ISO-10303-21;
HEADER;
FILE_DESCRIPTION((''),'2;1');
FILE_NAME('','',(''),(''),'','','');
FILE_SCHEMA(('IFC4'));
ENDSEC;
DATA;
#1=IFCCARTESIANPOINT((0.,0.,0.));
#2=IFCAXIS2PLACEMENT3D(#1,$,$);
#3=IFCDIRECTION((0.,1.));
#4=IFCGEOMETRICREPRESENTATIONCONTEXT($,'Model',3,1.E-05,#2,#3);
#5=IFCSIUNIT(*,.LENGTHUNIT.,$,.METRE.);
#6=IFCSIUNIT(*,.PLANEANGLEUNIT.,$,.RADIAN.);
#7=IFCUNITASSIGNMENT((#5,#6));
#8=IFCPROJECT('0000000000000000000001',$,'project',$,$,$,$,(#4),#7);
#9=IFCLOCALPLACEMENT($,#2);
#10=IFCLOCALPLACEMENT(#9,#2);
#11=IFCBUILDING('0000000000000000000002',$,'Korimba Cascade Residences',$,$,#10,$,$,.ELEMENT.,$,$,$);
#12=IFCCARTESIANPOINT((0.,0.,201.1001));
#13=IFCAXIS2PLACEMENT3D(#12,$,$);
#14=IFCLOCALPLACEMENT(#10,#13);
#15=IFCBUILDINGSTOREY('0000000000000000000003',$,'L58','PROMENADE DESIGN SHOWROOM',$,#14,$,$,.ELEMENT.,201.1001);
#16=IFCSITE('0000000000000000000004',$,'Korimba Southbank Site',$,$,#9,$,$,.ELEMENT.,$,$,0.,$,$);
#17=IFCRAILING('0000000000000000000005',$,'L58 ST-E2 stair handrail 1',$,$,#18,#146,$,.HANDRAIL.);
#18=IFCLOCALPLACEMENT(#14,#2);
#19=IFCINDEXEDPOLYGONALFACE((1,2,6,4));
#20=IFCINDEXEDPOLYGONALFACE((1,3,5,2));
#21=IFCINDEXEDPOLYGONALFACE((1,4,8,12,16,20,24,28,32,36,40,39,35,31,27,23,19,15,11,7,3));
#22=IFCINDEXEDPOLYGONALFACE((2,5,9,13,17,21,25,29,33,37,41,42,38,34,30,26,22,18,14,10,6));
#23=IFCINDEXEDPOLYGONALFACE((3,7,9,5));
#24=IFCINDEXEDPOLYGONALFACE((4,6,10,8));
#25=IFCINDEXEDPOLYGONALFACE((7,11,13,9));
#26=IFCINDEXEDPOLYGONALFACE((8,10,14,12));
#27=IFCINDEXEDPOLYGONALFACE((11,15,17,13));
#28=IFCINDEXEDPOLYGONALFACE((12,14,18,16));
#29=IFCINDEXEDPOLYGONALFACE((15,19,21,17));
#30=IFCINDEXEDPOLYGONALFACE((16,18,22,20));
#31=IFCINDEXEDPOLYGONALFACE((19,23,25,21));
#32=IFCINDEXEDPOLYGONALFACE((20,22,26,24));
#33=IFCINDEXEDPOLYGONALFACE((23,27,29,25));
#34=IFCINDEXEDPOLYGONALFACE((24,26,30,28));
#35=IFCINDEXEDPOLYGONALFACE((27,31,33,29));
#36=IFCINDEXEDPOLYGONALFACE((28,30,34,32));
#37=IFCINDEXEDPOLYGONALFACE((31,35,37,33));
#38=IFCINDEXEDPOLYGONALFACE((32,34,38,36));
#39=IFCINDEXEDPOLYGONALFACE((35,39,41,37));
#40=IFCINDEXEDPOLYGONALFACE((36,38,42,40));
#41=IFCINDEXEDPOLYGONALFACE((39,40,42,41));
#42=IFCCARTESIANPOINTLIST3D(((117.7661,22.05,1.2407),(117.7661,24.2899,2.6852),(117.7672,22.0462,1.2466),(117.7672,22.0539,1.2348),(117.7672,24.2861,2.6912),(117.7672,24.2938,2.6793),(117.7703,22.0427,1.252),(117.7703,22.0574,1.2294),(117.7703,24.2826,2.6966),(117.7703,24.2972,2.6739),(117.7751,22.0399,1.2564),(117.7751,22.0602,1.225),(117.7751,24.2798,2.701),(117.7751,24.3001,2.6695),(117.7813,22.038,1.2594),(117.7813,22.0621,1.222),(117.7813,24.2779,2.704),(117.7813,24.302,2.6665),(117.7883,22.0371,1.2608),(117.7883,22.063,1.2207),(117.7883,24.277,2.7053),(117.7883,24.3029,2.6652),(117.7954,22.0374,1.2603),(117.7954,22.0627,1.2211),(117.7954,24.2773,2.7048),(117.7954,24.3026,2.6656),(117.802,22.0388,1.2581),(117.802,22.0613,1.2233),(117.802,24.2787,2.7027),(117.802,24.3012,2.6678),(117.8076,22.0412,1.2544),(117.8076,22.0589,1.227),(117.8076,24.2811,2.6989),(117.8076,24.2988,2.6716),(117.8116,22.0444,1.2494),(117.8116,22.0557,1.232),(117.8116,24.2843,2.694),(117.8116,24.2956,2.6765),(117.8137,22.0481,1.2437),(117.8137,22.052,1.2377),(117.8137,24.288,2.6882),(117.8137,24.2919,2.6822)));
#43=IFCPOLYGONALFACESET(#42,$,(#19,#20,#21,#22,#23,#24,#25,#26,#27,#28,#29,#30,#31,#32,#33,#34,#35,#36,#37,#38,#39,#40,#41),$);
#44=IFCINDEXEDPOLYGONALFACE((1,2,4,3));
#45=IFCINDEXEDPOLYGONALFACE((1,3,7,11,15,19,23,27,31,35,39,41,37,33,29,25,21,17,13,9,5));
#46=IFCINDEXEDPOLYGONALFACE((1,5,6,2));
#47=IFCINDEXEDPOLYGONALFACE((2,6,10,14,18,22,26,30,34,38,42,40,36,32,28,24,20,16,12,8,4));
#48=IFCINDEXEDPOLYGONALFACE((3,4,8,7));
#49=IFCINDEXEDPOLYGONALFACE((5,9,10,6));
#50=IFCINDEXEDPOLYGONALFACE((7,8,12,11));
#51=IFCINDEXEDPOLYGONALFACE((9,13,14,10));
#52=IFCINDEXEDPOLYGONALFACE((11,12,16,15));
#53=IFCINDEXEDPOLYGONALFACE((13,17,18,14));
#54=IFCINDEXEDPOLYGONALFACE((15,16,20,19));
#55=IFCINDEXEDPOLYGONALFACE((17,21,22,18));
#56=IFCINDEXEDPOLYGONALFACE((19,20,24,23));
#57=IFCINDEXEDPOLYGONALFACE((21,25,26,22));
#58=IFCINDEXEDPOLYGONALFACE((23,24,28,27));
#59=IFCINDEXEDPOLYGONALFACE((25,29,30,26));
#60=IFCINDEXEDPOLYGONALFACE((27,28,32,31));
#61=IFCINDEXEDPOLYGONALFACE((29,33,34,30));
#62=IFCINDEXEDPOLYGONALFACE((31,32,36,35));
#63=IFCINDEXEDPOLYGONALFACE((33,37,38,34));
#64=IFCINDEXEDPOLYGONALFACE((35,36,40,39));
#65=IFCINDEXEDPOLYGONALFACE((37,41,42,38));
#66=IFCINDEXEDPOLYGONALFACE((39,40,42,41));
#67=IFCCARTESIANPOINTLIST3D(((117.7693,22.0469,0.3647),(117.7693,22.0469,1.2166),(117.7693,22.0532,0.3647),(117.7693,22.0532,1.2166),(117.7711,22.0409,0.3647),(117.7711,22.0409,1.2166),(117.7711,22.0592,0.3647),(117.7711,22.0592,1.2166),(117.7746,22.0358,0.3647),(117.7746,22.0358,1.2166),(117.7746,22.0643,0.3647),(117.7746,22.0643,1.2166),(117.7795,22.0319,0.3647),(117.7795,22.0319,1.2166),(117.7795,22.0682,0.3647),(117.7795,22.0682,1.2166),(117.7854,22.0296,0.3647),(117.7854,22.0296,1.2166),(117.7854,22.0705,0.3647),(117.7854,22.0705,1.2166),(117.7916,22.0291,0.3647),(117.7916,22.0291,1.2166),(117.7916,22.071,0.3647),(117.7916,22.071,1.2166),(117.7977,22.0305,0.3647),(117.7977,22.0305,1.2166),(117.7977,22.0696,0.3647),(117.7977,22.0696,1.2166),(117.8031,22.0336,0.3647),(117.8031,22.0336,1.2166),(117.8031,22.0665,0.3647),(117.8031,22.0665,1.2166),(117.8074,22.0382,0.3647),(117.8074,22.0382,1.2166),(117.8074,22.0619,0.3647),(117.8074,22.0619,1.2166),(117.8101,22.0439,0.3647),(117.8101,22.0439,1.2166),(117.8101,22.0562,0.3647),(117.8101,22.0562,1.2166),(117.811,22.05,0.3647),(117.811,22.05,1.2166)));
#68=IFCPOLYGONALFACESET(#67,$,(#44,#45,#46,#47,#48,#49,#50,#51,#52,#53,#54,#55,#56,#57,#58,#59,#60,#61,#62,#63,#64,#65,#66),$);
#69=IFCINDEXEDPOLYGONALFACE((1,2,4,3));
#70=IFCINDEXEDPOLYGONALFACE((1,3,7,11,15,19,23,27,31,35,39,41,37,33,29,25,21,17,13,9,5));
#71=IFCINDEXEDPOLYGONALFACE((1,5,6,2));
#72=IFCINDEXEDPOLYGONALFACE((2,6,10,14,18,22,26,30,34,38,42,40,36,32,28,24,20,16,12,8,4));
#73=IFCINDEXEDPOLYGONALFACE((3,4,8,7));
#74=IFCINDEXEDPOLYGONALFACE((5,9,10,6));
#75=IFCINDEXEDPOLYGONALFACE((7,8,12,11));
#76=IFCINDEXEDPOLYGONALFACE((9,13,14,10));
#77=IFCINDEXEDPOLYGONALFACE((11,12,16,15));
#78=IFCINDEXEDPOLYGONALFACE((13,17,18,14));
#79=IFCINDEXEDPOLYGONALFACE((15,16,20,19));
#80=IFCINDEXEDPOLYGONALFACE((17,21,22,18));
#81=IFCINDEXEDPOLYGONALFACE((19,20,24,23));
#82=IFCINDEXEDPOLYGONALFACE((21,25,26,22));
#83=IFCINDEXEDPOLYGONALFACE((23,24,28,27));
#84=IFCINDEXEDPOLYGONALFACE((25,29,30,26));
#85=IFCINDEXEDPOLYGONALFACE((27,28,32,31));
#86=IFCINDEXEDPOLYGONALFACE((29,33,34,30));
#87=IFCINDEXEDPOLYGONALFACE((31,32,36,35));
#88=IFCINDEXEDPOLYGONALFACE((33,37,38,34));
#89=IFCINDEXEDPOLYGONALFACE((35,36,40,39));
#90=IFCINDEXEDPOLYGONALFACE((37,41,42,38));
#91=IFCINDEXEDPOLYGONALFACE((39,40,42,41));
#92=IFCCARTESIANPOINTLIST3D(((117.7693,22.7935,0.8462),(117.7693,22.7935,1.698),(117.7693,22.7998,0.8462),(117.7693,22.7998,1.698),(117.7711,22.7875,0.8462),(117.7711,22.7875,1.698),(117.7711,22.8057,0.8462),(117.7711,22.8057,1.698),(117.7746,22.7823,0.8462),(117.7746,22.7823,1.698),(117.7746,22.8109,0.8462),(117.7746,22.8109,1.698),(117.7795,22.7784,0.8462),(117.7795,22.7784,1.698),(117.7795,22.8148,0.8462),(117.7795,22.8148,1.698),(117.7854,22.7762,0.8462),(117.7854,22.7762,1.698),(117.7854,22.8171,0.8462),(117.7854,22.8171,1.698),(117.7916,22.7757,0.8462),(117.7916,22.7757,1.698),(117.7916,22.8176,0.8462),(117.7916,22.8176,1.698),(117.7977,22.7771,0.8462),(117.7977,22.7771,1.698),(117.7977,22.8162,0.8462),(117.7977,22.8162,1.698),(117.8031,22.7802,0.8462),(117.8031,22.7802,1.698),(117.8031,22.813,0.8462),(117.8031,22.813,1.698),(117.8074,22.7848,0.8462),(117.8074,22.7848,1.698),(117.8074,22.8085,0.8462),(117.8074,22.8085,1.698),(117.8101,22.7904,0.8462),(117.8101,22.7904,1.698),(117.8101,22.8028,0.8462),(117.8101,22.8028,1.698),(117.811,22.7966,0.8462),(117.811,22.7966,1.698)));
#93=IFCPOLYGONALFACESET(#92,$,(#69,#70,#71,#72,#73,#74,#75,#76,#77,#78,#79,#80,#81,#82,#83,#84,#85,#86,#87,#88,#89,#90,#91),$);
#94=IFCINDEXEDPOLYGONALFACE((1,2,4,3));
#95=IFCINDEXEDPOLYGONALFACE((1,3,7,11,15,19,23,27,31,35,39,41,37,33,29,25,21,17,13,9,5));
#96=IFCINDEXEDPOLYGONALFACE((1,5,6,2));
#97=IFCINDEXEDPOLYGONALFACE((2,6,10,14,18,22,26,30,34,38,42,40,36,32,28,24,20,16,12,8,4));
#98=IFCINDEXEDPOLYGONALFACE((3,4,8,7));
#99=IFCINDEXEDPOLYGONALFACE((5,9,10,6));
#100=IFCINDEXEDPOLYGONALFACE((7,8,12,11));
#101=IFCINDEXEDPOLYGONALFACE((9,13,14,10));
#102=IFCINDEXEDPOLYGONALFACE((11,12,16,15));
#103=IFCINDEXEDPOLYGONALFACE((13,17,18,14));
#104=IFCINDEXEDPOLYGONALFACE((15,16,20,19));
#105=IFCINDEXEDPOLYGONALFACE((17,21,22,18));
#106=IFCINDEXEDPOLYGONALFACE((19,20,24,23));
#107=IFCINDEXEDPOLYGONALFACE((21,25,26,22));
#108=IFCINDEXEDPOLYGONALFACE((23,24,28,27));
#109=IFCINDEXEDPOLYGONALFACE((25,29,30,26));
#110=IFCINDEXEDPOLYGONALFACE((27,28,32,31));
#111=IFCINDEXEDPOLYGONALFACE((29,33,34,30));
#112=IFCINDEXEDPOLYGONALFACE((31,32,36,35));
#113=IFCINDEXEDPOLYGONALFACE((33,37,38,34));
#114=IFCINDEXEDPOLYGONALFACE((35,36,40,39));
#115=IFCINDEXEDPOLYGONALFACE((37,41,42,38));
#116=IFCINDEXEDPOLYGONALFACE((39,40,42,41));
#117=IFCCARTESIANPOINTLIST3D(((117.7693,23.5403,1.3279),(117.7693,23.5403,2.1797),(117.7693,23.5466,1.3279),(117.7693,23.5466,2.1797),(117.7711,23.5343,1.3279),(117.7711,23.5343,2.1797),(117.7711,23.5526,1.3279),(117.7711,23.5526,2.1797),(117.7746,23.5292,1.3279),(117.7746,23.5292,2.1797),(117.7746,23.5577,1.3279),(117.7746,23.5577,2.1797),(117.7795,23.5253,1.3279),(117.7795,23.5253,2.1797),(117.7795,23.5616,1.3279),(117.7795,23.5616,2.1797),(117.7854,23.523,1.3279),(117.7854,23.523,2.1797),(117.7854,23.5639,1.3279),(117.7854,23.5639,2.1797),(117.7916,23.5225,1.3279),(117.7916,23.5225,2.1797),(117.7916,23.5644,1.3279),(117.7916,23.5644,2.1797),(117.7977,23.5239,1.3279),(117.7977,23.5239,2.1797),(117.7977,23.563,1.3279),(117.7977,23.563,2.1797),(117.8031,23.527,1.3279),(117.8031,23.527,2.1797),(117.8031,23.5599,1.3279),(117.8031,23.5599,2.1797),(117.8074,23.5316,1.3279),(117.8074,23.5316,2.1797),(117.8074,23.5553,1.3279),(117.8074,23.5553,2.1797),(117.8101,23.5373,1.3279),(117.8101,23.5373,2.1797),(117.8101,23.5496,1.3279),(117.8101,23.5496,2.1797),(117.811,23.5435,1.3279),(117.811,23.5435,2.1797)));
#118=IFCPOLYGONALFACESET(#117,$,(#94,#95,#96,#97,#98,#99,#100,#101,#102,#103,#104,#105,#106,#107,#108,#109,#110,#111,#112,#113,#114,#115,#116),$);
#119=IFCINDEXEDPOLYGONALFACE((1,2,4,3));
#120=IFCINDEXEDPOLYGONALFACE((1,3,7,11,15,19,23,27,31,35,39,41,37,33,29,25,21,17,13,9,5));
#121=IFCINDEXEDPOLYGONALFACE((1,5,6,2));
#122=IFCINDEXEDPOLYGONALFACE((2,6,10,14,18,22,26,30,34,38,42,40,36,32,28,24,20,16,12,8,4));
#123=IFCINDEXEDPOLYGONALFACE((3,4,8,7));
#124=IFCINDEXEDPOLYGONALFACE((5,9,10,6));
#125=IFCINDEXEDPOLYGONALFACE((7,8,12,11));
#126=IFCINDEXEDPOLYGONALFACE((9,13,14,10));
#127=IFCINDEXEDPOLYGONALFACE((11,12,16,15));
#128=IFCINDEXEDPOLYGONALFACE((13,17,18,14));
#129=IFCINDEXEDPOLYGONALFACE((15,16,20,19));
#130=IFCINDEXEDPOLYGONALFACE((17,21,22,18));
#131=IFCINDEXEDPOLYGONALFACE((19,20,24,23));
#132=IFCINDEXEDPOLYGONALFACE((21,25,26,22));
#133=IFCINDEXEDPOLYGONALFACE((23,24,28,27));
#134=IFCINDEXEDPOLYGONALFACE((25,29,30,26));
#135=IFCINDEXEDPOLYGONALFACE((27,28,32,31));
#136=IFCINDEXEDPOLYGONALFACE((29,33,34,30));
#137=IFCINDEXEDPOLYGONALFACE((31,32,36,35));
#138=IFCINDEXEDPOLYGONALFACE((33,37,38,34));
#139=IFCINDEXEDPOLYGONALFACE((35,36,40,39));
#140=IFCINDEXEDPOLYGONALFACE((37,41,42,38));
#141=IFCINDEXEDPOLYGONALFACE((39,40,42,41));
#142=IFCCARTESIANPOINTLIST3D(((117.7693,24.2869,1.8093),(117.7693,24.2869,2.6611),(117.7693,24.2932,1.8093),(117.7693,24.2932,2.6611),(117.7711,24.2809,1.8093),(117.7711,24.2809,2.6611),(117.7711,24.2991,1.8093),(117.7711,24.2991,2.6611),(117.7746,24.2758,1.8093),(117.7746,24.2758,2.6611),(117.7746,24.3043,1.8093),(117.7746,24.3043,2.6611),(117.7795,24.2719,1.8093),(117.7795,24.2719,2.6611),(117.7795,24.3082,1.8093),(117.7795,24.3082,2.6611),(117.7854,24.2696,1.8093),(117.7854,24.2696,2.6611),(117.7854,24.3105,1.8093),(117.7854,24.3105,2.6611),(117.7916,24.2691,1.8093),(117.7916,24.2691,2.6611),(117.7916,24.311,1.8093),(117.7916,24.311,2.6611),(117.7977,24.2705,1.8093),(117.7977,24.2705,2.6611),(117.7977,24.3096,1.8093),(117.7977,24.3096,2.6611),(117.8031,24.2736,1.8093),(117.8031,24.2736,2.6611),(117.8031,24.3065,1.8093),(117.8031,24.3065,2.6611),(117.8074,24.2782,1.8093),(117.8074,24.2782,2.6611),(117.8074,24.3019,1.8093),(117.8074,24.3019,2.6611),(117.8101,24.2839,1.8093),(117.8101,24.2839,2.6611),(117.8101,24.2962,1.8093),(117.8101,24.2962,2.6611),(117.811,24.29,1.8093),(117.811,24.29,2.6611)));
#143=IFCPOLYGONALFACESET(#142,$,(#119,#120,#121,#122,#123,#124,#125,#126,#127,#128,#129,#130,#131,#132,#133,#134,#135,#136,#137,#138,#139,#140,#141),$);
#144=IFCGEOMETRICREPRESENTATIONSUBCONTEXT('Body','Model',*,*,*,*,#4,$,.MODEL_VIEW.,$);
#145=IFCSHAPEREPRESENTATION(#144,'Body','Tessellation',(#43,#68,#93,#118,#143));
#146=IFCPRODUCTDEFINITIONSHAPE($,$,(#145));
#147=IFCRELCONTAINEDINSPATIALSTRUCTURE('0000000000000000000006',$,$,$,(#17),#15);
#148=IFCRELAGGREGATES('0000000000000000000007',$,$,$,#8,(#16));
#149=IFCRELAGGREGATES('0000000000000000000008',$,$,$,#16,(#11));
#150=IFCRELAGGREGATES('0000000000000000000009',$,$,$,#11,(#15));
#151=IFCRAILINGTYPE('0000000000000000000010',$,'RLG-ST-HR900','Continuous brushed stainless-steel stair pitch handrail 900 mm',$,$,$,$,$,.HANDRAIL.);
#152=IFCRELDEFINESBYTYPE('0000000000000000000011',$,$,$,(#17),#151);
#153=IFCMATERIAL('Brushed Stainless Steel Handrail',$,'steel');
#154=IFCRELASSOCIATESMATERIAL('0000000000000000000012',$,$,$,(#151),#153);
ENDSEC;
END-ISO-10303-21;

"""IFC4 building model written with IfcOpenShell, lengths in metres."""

from ifc_helpers import new_model, si_unit, direction, frame, origin, origin_2d, place, context, subcontext, project, spatial, circle, extrude, material, type_object, element, save


model = new_model("IFC4")

# Units and contexts
model_context = context("Model", 3, precision=1e-05, world=origin(), true_north=direction((0.0, 1.0)))
body_context = subcontext(model_context, "Body", "Model", "MODEL_VIEW")
ifc_project = project(units=[si_unit("LENGTHUNIT", "METRE"), si_unit("PLANEANGLEUNIT", "RADIAN")], contexts=[model_context])

# Site, building, storey
site_placement = place(None, origin())
site = spatial("IfcSite", under=ifc_project, at=site_placement, Name="Korimba Southbank Site", CompositionType="ELEMENT", RefElevation=0.0)
building_placement = place(site_placement, origin())
building = spatial("IfcBuilding", under=site, at=building_placement, Name="Korimba Cascade Residences", CompositionType="ELEMENT")
storey_placement = place(building_placement, frame((0.0, 0.0, 201.1001)))
storey = spatial("IfcBuildingStorey", under=building, at=storey_placement, Name="L58", Description="PROMENADE DESIGN SHOWROOM", CompositionType="ELEMENT", Elevation=201.1001)

# Railing
ifc_material_1 = material(Name="Brushed Stainless Steel Handrail", Category="steel")
railing_type_1 = type_object("IfcRailingType", Name="RLG-ST-HR900", Description="Continuous brushed stainless-steel stair pitch handrail 900 mm", PredefinedType="HANDRAIL", material=ifc_material_1)
railing_1_placement = place(storey_placement, frame((117.79, 22.05, 0.3647)))
element("IfcRailing", 1, at=railing_1_placement, inside=storey, type_object=railing_type_1, Name="L58 ST-E2 stair handrail 1", PredefinedType="HANDRAIL", context=body_context, shape_type="SweptSolid", body=[
    extrude(circle(Radius=0.0239, at=origin_2d()), frame((0.0, 0.0, 0.876), z_axis=(0.0, 0.840395, 0.541975), x_axis=(-1.0, 0.0, 0.0)), (0.0, 0.0, 1.0), 2.6653),
    extrude(circle(Radius=0.021, at=origin_2d()), origin(), (0.0, 0.0, 1.0), 0.8518),
    extrude(circle(Radius=0.021, at=origin_2d()), frame((0.0, 0.7466, 0.4814)), (0.0, 0.0, 1.0), 0.8518),
    extrude(circle(Radius=0.021, at=origin_2d()), frame((0.0, 1.4934, 0.9631)), (0.0, 0.0, 1.0), 0.8518),
    extrude(circle(Radius=0.021, at=origin_2d()), frame((0.0, 2.24, 1.4446)), (0.0, 0.0, 1.0), 0.8518),
])

save(model, "model.ifc")
